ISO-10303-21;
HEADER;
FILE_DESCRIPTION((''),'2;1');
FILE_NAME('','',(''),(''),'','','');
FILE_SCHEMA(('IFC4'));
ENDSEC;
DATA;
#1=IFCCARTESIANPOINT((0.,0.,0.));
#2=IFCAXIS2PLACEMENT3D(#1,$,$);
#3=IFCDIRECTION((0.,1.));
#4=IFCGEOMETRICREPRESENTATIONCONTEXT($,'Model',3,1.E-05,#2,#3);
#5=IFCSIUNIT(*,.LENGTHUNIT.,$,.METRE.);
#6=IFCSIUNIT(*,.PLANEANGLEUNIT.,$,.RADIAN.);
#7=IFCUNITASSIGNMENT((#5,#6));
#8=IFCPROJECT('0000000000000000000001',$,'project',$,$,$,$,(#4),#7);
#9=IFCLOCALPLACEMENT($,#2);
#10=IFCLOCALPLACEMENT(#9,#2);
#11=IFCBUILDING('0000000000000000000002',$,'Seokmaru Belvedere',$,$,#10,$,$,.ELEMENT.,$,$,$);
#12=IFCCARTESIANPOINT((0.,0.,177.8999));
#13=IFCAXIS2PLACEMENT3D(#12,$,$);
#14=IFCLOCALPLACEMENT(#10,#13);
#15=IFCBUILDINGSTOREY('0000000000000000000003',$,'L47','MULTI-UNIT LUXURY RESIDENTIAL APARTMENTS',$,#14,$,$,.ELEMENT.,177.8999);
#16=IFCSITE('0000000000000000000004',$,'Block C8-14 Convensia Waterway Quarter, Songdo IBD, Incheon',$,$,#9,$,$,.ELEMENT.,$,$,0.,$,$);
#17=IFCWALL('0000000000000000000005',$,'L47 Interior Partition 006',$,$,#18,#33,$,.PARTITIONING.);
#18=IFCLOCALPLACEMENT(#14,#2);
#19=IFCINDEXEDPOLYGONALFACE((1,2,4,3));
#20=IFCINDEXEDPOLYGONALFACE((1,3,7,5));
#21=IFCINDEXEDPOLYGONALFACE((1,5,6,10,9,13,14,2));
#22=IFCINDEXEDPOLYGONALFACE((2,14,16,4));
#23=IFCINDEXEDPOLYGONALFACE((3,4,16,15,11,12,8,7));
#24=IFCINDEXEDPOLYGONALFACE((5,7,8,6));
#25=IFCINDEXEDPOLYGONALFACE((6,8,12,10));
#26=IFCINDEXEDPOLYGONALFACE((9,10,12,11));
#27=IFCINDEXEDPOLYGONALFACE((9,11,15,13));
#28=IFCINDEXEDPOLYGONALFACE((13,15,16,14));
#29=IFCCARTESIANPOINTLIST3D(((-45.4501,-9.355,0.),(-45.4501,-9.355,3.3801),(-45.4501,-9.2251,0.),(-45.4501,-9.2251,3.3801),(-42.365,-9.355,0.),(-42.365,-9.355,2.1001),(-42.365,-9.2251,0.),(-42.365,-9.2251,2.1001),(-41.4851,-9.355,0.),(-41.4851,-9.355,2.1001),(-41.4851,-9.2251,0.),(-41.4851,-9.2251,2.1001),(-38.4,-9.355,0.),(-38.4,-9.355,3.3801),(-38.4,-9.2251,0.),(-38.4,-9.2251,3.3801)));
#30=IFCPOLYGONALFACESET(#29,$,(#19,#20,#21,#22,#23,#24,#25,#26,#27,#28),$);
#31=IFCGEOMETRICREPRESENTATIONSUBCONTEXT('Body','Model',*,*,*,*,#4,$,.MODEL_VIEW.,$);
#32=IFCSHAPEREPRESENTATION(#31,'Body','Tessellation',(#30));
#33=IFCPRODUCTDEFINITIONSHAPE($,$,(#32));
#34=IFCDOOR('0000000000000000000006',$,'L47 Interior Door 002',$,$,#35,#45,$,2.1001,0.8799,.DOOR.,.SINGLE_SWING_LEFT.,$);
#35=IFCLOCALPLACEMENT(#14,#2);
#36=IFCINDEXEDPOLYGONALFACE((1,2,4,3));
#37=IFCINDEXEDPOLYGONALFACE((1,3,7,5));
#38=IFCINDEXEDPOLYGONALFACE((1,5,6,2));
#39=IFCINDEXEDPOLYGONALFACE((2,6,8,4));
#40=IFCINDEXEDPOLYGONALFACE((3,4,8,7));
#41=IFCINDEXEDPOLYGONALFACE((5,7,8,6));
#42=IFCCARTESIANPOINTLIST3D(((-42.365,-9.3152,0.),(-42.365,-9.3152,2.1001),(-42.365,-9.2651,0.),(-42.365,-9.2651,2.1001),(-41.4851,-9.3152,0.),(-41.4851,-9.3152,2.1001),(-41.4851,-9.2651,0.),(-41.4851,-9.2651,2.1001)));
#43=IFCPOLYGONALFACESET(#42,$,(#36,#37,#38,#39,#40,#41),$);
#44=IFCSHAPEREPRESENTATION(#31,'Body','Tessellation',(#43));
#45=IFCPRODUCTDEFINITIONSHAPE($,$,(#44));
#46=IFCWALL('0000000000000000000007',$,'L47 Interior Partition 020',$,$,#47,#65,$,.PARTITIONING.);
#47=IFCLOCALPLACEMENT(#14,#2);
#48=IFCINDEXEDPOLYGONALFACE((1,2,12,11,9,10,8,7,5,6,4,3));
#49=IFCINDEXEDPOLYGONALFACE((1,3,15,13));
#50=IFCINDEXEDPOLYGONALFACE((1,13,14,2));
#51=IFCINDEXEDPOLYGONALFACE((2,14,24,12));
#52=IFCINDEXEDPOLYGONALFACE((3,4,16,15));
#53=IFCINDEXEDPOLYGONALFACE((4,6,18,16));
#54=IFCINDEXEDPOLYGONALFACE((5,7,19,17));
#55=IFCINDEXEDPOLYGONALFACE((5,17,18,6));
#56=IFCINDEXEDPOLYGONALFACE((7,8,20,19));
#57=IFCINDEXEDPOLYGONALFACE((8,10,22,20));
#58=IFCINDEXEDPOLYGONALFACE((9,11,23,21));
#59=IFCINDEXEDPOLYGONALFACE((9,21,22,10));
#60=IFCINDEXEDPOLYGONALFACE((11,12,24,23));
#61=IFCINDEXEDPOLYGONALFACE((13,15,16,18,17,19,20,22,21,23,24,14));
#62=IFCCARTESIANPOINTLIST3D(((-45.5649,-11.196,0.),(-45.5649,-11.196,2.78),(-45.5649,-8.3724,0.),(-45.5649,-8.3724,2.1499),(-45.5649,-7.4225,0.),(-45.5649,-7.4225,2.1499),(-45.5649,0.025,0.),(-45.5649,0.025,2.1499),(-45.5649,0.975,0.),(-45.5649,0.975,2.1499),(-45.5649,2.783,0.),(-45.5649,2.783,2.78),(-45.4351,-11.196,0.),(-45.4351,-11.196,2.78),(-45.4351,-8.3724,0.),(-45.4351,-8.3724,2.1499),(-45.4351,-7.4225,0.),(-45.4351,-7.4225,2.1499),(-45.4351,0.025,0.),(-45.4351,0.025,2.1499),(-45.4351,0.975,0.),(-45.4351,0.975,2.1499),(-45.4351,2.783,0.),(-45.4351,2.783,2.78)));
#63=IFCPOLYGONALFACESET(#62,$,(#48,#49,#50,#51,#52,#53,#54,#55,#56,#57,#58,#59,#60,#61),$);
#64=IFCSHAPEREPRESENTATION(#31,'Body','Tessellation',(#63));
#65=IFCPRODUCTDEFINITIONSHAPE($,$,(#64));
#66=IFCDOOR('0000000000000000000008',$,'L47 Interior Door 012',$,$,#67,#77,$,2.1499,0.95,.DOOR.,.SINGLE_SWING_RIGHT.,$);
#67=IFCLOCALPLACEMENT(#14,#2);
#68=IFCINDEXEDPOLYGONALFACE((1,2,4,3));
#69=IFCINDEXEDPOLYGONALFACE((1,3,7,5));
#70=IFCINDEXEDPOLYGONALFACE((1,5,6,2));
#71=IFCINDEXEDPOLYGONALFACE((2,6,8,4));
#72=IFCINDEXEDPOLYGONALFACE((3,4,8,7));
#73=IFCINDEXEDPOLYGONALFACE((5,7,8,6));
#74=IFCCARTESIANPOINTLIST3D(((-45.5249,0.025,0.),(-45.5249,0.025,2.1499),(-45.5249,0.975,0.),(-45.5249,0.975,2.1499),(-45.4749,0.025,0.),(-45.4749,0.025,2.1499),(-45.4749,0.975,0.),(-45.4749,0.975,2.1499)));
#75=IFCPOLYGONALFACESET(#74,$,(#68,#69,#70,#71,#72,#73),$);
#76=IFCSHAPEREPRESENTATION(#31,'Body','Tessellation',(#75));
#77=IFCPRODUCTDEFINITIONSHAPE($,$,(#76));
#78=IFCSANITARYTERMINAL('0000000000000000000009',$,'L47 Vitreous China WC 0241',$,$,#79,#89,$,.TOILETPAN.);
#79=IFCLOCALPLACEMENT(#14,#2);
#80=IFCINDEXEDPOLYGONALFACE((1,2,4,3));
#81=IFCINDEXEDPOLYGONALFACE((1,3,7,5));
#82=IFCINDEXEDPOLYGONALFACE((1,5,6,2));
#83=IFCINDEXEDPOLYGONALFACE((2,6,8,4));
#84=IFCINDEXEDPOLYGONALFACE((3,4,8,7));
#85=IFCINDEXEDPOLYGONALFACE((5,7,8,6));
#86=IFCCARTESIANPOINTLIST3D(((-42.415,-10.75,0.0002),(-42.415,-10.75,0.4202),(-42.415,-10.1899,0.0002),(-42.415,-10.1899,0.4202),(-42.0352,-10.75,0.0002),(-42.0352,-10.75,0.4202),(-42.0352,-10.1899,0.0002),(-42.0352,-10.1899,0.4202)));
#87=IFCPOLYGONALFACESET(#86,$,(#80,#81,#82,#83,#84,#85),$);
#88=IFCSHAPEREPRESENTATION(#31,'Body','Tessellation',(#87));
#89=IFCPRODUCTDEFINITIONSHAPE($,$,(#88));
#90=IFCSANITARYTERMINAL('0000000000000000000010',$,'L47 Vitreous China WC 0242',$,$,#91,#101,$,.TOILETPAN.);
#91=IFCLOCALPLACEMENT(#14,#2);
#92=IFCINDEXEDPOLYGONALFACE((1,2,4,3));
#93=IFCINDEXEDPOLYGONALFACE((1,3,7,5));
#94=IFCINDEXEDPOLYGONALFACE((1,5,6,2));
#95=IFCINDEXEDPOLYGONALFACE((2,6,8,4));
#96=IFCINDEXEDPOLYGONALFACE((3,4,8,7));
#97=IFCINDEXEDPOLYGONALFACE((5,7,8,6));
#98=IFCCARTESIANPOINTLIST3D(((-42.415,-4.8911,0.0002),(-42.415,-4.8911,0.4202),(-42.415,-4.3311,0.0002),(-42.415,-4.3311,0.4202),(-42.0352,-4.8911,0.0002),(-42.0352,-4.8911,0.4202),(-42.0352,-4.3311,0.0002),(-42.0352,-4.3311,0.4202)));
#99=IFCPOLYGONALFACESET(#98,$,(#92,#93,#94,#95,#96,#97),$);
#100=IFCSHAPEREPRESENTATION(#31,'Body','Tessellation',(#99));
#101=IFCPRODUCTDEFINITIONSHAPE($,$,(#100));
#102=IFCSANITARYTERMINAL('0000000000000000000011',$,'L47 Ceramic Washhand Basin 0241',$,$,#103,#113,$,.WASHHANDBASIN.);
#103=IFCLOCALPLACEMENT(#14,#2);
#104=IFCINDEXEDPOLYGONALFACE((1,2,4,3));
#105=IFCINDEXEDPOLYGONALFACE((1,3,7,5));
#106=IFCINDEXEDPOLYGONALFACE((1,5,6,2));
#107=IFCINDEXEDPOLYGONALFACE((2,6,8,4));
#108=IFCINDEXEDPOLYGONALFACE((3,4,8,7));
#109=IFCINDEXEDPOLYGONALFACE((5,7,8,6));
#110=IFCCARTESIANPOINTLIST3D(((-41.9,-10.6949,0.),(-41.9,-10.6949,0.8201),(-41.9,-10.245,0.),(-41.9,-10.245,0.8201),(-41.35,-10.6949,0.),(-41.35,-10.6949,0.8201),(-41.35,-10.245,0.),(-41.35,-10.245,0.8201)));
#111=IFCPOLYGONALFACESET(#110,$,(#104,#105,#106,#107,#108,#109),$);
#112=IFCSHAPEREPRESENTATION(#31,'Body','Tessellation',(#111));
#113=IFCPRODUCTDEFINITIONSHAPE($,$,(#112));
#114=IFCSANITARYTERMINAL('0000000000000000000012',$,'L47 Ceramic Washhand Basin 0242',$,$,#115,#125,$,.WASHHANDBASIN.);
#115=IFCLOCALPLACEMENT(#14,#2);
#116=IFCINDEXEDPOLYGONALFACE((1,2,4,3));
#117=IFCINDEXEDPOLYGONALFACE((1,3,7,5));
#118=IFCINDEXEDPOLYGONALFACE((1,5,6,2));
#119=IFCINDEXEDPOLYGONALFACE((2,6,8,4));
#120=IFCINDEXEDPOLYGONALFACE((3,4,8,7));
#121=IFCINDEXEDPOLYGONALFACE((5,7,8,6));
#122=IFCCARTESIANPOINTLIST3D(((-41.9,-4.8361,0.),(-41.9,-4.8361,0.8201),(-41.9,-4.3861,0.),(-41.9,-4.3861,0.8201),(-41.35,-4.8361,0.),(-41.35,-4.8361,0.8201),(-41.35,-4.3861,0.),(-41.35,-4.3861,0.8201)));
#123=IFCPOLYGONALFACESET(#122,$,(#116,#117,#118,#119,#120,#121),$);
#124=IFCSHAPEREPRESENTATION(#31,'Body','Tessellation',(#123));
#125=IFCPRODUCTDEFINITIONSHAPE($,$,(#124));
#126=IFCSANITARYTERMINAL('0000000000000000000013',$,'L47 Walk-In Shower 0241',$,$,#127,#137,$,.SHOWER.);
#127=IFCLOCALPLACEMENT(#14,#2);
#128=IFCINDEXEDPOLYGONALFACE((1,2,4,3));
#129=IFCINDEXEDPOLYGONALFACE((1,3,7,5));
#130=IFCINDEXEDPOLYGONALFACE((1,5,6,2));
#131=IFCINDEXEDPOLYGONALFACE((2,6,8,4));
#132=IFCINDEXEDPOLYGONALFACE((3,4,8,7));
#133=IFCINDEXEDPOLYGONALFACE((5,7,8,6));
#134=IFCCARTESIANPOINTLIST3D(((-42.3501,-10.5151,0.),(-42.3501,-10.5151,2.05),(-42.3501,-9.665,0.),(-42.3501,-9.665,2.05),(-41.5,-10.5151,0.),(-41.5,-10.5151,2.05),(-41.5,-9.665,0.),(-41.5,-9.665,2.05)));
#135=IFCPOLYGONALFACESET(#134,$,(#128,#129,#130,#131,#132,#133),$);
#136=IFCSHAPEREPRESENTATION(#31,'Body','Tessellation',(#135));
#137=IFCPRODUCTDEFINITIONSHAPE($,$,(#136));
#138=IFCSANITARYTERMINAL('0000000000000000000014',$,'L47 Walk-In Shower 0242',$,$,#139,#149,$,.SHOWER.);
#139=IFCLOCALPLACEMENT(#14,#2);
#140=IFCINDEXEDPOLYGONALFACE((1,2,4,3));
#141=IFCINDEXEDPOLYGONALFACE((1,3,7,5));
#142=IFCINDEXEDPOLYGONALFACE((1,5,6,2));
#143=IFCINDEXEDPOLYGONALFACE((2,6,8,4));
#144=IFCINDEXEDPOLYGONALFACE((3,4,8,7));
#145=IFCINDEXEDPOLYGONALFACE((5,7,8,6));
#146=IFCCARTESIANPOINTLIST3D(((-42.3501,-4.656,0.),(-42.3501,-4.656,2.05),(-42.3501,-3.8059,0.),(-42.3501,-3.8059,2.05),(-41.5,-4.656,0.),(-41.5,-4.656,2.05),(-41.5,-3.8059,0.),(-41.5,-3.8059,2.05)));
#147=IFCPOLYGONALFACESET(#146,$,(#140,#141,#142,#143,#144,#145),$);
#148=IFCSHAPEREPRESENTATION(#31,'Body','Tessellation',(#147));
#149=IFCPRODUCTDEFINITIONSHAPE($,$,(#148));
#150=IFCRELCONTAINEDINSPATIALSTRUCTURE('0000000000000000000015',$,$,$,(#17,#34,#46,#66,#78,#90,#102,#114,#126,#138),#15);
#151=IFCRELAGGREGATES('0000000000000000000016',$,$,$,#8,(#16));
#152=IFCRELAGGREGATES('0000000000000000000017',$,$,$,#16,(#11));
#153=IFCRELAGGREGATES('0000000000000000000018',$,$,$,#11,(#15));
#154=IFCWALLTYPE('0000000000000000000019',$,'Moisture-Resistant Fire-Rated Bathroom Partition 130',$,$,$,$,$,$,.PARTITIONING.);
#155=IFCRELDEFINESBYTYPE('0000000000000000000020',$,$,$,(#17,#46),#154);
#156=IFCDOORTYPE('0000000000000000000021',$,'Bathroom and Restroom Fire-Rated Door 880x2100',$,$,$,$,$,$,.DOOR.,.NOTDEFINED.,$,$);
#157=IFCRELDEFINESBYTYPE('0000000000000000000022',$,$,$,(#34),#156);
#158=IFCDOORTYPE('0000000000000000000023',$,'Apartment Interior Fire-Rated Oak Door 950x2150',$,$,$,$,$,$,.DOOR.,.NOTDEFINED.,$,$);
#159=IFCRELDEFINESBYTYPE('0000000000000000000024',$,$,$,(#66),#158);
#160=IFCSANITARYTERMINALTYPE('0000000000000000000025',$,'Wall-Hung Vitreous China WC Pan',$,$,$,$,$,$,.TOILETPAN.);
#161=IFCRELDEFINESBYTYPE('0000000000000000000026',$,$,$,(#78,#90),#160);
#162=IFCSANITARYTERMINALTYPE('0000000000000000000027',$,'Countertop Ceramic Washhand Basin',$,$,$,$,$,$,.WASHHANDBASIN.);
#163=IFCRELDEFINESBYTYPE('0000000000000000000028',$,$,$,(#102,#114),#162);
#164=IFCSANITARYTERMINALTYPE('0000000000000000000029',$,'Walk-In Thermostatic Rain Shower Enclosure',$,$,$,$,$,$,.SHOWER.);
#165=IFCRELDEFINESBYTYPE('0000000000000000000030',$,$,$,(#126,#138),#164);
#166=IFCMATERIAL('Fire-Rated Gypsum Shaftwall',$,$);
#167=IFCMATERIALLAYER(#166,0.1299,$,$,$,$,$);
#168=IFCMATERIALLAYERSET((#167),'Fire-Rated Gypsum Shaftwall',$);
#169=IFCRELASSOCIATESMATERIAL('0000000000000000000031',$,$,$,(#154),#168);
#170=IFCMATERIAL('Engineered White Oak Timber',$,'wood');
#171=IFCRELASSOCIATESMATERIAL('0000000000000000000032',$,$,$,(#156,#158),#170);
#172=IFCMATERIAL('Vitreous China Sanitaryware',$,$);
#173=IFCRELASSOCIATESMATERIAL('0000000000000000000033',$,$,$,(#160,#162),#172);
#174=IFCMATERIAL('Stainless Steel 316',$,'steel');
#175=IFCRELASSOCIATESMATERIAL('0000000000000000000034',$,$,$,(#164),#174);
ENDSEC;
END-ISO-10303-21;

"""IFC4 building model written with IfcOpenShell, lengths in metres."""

from ifc_helpers import new_model, si_unit, direction, frame, frame_2d, origin, origin_2d, place, context, subcontext, project, spatial, rectangle, extrude, source, transform, mapped, material, layer, layer_set, type_object, type_shapes, element, fill, save


model = new_model("IFC4")

# Units and contexts
model_context = context("Model", 3, precision=1e-05, world=origin(), true_north=direction((0.0, 1.0)))
body_context = subcontext(model_context, "Body", "Model", "MODEL_VIEW")
ifc_project = project(units=[si_unit("LENGTHUNIT", "METRE"), si_unit("PLANEANGLEUNIT", "RADIAN")], contexts=[model_context])

# Site, building, storey
site_placement = place(None, origin())
site = spatial("IfcSite", under=ifc_project, at=site_placement, Name="Block C8-14 Convensia Waterway Quarter, Songdo IBD, Incheon", CompositionType="ELEMENT", RefElevation=0.0)
building_placement = place(site_placement, origin())
building = spatial("IfcBuilding", under=site, at=building_placement, Name="Seokmaru Belvedere", CompositionType="ELEMENT")
storey_placement = place(building_placement, frame((0.0, 0.0, 177.8999)))
storey = spatial("IfcBuildingStorey", under=building, at=storey_placement, Name="L47", Description="MULTI-UNIT LUXURY RESIDENTIAL APARTMENTS", CompositionType="ELEMENT", Elevation=177.8999)

# Shared definitions
ifc_material_1 = material(Name="Fire-Rated Gypsum Shaftwall")

# Shared definitions
ifc_layer_1 = layer(ifc_material_1, 0.1299)
ifc_layer_set_1 = layer_set([ifc_layer_1], Name="Fire-Rated Gypsum Shaftwall")
wall_type_1 = type_object("IfcWallType", Name="Moisture-Resistant Fire-Rated Bathroom Partition 130", PredefinedType="PARTITIONING", material=ifc_layer_set_1)

# Wall, opening, door
wall_1_placement = place(storey_placement, frame((-45.45, -9.29, 0.0), z_axis=(0.0, 0.0, 1.0), x_axis=(1.0, 0.0, 0.0)))
wall_1 = element("IfcWall", 1, at=wall_1_placement, inside=storey, type_object=wall_type_1, Name="L47 Interior Partition 006", PredefinedType="PARTITIONING", context=body_context, shape_type="SweptSolid", body=[
    extrude(rectangle(XDim=7.05, YDim=0.1299, at=frame_2d((3.5249, 0.0))), origin(), (0.0, 0.0, 1.0), 3.3801),
])
opening_1_placement = place(wall_1_placement, frame((3.085, 0.0, 0.0)))
opening_1 = element("IfcOpeningElement", 2, at=opening_1_placement, cuts=wall_1, PredefinedType="OPENING", context=body_context, shape_type="SweptSolid", body=[
    extrude(rectangle(XDim=0.8799, YDim=2.1001, at=frame_2d((0.4399, 1.05))), frame((0.0, 0.075, 0.0), z_axis=(0.0, -1.0, 0.0), x_axis=(1.0, 0.0, 0.0)), (0.0, 0.0, 1.0), 0.1499),
])
ifc_material_2 = material(Name="Engineered White Oak Timber", Category="wood")
door_type_1 = type_object("IfcDoorType", Name="Bathroom and Restroom Fire-Rated Door 880x2100", OperationType="NOTDEFINED", PredefinedType="DOOR", material=ifc_material_2)
shared_shape_1 = source(origin(), body_context, "Body", "SweptSolid", [
    extrude(rectangle(XDim=0.8799, YDim=2.1001, at=frame_2d((0.4399, 1.05))), frame((0.0, 0.0249, 0.0), z_axis=(0.0, -1.0, 0.0), x_axis=(1.0, 0.0, 0.0)), (0.0, 0.0, 1.0), 0.05),
])
type_shapes(door_type_1, [shared_shape_1])
door_1_placement = place(opening_1_placement, origin())
door_1 = element("IfcDoor", 3, at=door_1_placement, inside=storey, type_object=door_type_1, Name="L47 Interior Door 002", OperationType="SINGLE_SWING_LEFT", OverallHeight=2.1001, OverallWidth=0.8799, PredefinedType="DOOR", context=body_context, shape_type="MappedRepresentation", body=[
    mapped(shared_shape_1, transform((0.0, 0.0, 0.0), scale=1.0)),
])
fill(opening_1, door_1)

# Wall, openings, door
wall_2_placement = place(storey_placement, frame((-45.5, -11.196, 0.0), z_axis=(0.0, 0.0, 1.0), x_axis=(0.0, 1.0, 0.0)))
wall_2 = element("IfcWall", 4, at=wall_2_placement, inside=storey, type_object=wall_type_1, Name="L47 Interior Partition 020", PredefinedType="PARTITIONING", context=body_context, shape_type="SweptSolid", body=[
    extrude(rectangle(XDim=13.979, YDim=0.1299, at=frame_2d((6.9895, 0.0))), origin(), (0.0, 0.0, 1.0), 2.78),
])
opening_2_placement = place(wall_2_placement, frame((2.8235, 0.0, 0.0)))
element("IfcOpeningElement", 5, at=opening_2_placement, cuts=wall_2, PredefinedType="OPENING", context=body_context, shape_type="SweptSolid", body=[
    extrude(rectangle(XDim=0.95, YDim=2.1499, at=frame_2d((0.4751, 1.075))), frame((0.0, 0.075, 0.0), z_axis=(0.0, -1.0, 0.0), x_axis=(1.0, 0.0, 0.0)), (0.0, 0.0, 1.0), 0.1499),
])
opening_3_placement = place(wall_2_placement, frame((11.2209, 0.0, 0.0)))
opening_3 = element("IfcOpeningElement", 6, at=opening_3_placement, cuts=wall_2, PredefinedType="OPENING", context=body_context, shape_type="SweptSolid", body=[
    extrude(rectangle(XDim=0.95, YDim=2.1499, at=frame_2d((0.4751, 1.075))), frame((0.0, 0.075, 0.0), z_axis=(0.0, -1.0, 0.0), x_axis=(1.0, 0.0, 0.0)), (0.0, 0.0, 1.0), 0.1499),
])
door_type_2 = type_object("IfcDoorType", Name="Apartment Interior Fire-Rated Oak Door 950x2150", OperationType="NOTDEFINED", PredefinedType="DOOR", material=ifc_material_2)
shared_shape_2 = source(origin(), body_context, "Body", "SweptSolid", [
    extrude(rectangle(XDim=0.95, YDim=2.1499, at=frame_2d((0.4751, 1.075))), frame((0.0, 0.0249, 0.0), z_axis=(0.0, -1.0, 0.0), x_axis=(1.0, 0.0, 0.0)), (0.0, 0.0, 1.0), 0.05),
])
type_shapes(door_type_2, [shared_shape_2])
door_2_placement = place(opening_3_placement, origin())
door_2 = element("IfcDoor", 7, at=door_2_placement, inside=storey, type_object=door_type_2, Name="L47 Interior Door 012", OperationType="SINGLE_SWING_RIGHT", OverallHeight=2.1499, OverallWidth=0.95, PredefinedType="DOOR", context=body_context, shape_type="MappedRepresentation", body=[
    mapped(shared_shape_2, transform((0.0, 0.0, 0.0), scale=1.0)),
])
fill(opening_3, door_2)

# Sanitary terminals
ifc_material_3 = material(Name="Vitreous China Sanitaryware")
sanitary_terminal_type_1 = type_object("IfcSanitaryTerminalType", Name="Wall-Hung Vitreous China WC Pan", PredefinedType="TOILETPAN", material=ifc_material_3)
shared_shape_3 = source(origin(), body_context, "Body", "SweptSolid", [
    extrude(rectangle(XDim=0.3799, YDim=0.5601, at=origin_2d()), origin(), (0.0, 0.0, 1.0), 0.4199),
])
type_shapes(sanitary_terminal_type_1, [shared_shape_3])
for number, where, z_axis, x_axis, name in (
    (8, (-42.2251, -10.47, 0.0002), (0.0, 0.0, 1.0), (1.0, 0.0, 0.0), "L47 Vitreous China WC 0241"),
    (9, (-42.2251, -4.6111, 0.0002), (0.0, 0.0, 1.0), (1.0, 0.0, 0.0), "L47 Vitreous China WC 0242"),
):
    element("IfcSanitaryTerminal", number, at=place(storey_placement, frame(where, z_axis=z_axis, x_axis=x_axis)), inside=storey, type_object=sanitary_terminal_type_1, Name=name, PredefinedType="TOILETPAN", context=body_context, shape_type="MappedRepresentation", body=[
        mapped(shared_shape_3, transform((0.0, 0.0, 0.0), scale=1.0)),
    ])
sanitary_terminal_type_2 = type_object("IfcSanitaryTerminalType", Name="Countertop Ceramic Washhand Basin", PredefinedType="WASHHANDBASIN", material=ifc_material_3)
shared_shape_4 = source(origin(), body_context, "Body", "SweptSolid", [
    extrude(rectangle(XDim=0.55, YDim=0.45, at=origin_2d()), origin(), (0.0, 0.0, 1.0), 0.8201),
])
type_shapes(sanitary_terminal_type_2, [shared_shape_4])
for number, where, z_axis, x_axis, name in (
    (10, (-41.625, -10.47, 0.0), (0.0, 0.0, 1.0), (1.0, 0.0, 0.0), "L47 Ceramic Washhand Basin 0241"),
    (11, (-41.625, -4.6111, 0.0), (0.0, 0.0, 1.0), (1.0, 0.0, 0.0), "L47 Ceramic Washhand Basin 0242"),
):
    element("IfcSanitaryTerminal", number, at=place(storey_placement, frame(where, z_axis=z_axis, x_axis=x_axis)), inside=storey, type_object=sanitary_terminal_type_2, Name=name, PredefinedType="WASHHANDBASIN", context=body_context, shape_type="MappedRepresentation", body=[
        mapped(shared_shape_4, transform((0.0, 0.0, 0.0), scale=1.0)),
    ])
ifc_material_4 = material(Name="Stainless Steel 316", Category="steel")
sanitary_terminal_type_3 = type_object("IfcSanitaryTerminalType", Name="Walk-In Thermostatic Rain Shower Enclosure", PredefinedType="SHOWER", material=ifc_material_4)
shared_shape_5 = source(origin(), body_context, "Body", "SweptSolid", [
    extrude(rectangle(XDim=0.8501, YDim=0.8501, at=origin_2d()), origin(), (0.0, 0.0, 1.0), 2.05),
])
type_shapes(sanitary_terminal_type_3, [shared_shape_5])
for number, where, z_axis, x_axis, name in (
    (12, (-41.925, -10.0901, 0.0), (0.0, 0.0, 1.0), (1.0, 0.0, 0.0), "L47 Walk-In Shower 0241"),
    (13, (-41.925, -4.231, 0.0), (0.0, 0.0, 1.0), (1.0, 0.0, 0.0), "L47 Walk-In Shower 0242"),
):
    element("IfcSanitaryTerminal", number, at=place(storey_placement, frame(where, z_axis=z_axis, x_axis=x_axis)), inside=storey, type_object=sanitary_terminal_type_3, Name=name, PredefinedType="SHOWER", context=body_context, shape_type="MappedRepresentation", body=[
        mapped(shared_shape_5, transform((0.0, 0.0, 0.0), scale=1.0)),
    ])

save(model, "model.ifc")
